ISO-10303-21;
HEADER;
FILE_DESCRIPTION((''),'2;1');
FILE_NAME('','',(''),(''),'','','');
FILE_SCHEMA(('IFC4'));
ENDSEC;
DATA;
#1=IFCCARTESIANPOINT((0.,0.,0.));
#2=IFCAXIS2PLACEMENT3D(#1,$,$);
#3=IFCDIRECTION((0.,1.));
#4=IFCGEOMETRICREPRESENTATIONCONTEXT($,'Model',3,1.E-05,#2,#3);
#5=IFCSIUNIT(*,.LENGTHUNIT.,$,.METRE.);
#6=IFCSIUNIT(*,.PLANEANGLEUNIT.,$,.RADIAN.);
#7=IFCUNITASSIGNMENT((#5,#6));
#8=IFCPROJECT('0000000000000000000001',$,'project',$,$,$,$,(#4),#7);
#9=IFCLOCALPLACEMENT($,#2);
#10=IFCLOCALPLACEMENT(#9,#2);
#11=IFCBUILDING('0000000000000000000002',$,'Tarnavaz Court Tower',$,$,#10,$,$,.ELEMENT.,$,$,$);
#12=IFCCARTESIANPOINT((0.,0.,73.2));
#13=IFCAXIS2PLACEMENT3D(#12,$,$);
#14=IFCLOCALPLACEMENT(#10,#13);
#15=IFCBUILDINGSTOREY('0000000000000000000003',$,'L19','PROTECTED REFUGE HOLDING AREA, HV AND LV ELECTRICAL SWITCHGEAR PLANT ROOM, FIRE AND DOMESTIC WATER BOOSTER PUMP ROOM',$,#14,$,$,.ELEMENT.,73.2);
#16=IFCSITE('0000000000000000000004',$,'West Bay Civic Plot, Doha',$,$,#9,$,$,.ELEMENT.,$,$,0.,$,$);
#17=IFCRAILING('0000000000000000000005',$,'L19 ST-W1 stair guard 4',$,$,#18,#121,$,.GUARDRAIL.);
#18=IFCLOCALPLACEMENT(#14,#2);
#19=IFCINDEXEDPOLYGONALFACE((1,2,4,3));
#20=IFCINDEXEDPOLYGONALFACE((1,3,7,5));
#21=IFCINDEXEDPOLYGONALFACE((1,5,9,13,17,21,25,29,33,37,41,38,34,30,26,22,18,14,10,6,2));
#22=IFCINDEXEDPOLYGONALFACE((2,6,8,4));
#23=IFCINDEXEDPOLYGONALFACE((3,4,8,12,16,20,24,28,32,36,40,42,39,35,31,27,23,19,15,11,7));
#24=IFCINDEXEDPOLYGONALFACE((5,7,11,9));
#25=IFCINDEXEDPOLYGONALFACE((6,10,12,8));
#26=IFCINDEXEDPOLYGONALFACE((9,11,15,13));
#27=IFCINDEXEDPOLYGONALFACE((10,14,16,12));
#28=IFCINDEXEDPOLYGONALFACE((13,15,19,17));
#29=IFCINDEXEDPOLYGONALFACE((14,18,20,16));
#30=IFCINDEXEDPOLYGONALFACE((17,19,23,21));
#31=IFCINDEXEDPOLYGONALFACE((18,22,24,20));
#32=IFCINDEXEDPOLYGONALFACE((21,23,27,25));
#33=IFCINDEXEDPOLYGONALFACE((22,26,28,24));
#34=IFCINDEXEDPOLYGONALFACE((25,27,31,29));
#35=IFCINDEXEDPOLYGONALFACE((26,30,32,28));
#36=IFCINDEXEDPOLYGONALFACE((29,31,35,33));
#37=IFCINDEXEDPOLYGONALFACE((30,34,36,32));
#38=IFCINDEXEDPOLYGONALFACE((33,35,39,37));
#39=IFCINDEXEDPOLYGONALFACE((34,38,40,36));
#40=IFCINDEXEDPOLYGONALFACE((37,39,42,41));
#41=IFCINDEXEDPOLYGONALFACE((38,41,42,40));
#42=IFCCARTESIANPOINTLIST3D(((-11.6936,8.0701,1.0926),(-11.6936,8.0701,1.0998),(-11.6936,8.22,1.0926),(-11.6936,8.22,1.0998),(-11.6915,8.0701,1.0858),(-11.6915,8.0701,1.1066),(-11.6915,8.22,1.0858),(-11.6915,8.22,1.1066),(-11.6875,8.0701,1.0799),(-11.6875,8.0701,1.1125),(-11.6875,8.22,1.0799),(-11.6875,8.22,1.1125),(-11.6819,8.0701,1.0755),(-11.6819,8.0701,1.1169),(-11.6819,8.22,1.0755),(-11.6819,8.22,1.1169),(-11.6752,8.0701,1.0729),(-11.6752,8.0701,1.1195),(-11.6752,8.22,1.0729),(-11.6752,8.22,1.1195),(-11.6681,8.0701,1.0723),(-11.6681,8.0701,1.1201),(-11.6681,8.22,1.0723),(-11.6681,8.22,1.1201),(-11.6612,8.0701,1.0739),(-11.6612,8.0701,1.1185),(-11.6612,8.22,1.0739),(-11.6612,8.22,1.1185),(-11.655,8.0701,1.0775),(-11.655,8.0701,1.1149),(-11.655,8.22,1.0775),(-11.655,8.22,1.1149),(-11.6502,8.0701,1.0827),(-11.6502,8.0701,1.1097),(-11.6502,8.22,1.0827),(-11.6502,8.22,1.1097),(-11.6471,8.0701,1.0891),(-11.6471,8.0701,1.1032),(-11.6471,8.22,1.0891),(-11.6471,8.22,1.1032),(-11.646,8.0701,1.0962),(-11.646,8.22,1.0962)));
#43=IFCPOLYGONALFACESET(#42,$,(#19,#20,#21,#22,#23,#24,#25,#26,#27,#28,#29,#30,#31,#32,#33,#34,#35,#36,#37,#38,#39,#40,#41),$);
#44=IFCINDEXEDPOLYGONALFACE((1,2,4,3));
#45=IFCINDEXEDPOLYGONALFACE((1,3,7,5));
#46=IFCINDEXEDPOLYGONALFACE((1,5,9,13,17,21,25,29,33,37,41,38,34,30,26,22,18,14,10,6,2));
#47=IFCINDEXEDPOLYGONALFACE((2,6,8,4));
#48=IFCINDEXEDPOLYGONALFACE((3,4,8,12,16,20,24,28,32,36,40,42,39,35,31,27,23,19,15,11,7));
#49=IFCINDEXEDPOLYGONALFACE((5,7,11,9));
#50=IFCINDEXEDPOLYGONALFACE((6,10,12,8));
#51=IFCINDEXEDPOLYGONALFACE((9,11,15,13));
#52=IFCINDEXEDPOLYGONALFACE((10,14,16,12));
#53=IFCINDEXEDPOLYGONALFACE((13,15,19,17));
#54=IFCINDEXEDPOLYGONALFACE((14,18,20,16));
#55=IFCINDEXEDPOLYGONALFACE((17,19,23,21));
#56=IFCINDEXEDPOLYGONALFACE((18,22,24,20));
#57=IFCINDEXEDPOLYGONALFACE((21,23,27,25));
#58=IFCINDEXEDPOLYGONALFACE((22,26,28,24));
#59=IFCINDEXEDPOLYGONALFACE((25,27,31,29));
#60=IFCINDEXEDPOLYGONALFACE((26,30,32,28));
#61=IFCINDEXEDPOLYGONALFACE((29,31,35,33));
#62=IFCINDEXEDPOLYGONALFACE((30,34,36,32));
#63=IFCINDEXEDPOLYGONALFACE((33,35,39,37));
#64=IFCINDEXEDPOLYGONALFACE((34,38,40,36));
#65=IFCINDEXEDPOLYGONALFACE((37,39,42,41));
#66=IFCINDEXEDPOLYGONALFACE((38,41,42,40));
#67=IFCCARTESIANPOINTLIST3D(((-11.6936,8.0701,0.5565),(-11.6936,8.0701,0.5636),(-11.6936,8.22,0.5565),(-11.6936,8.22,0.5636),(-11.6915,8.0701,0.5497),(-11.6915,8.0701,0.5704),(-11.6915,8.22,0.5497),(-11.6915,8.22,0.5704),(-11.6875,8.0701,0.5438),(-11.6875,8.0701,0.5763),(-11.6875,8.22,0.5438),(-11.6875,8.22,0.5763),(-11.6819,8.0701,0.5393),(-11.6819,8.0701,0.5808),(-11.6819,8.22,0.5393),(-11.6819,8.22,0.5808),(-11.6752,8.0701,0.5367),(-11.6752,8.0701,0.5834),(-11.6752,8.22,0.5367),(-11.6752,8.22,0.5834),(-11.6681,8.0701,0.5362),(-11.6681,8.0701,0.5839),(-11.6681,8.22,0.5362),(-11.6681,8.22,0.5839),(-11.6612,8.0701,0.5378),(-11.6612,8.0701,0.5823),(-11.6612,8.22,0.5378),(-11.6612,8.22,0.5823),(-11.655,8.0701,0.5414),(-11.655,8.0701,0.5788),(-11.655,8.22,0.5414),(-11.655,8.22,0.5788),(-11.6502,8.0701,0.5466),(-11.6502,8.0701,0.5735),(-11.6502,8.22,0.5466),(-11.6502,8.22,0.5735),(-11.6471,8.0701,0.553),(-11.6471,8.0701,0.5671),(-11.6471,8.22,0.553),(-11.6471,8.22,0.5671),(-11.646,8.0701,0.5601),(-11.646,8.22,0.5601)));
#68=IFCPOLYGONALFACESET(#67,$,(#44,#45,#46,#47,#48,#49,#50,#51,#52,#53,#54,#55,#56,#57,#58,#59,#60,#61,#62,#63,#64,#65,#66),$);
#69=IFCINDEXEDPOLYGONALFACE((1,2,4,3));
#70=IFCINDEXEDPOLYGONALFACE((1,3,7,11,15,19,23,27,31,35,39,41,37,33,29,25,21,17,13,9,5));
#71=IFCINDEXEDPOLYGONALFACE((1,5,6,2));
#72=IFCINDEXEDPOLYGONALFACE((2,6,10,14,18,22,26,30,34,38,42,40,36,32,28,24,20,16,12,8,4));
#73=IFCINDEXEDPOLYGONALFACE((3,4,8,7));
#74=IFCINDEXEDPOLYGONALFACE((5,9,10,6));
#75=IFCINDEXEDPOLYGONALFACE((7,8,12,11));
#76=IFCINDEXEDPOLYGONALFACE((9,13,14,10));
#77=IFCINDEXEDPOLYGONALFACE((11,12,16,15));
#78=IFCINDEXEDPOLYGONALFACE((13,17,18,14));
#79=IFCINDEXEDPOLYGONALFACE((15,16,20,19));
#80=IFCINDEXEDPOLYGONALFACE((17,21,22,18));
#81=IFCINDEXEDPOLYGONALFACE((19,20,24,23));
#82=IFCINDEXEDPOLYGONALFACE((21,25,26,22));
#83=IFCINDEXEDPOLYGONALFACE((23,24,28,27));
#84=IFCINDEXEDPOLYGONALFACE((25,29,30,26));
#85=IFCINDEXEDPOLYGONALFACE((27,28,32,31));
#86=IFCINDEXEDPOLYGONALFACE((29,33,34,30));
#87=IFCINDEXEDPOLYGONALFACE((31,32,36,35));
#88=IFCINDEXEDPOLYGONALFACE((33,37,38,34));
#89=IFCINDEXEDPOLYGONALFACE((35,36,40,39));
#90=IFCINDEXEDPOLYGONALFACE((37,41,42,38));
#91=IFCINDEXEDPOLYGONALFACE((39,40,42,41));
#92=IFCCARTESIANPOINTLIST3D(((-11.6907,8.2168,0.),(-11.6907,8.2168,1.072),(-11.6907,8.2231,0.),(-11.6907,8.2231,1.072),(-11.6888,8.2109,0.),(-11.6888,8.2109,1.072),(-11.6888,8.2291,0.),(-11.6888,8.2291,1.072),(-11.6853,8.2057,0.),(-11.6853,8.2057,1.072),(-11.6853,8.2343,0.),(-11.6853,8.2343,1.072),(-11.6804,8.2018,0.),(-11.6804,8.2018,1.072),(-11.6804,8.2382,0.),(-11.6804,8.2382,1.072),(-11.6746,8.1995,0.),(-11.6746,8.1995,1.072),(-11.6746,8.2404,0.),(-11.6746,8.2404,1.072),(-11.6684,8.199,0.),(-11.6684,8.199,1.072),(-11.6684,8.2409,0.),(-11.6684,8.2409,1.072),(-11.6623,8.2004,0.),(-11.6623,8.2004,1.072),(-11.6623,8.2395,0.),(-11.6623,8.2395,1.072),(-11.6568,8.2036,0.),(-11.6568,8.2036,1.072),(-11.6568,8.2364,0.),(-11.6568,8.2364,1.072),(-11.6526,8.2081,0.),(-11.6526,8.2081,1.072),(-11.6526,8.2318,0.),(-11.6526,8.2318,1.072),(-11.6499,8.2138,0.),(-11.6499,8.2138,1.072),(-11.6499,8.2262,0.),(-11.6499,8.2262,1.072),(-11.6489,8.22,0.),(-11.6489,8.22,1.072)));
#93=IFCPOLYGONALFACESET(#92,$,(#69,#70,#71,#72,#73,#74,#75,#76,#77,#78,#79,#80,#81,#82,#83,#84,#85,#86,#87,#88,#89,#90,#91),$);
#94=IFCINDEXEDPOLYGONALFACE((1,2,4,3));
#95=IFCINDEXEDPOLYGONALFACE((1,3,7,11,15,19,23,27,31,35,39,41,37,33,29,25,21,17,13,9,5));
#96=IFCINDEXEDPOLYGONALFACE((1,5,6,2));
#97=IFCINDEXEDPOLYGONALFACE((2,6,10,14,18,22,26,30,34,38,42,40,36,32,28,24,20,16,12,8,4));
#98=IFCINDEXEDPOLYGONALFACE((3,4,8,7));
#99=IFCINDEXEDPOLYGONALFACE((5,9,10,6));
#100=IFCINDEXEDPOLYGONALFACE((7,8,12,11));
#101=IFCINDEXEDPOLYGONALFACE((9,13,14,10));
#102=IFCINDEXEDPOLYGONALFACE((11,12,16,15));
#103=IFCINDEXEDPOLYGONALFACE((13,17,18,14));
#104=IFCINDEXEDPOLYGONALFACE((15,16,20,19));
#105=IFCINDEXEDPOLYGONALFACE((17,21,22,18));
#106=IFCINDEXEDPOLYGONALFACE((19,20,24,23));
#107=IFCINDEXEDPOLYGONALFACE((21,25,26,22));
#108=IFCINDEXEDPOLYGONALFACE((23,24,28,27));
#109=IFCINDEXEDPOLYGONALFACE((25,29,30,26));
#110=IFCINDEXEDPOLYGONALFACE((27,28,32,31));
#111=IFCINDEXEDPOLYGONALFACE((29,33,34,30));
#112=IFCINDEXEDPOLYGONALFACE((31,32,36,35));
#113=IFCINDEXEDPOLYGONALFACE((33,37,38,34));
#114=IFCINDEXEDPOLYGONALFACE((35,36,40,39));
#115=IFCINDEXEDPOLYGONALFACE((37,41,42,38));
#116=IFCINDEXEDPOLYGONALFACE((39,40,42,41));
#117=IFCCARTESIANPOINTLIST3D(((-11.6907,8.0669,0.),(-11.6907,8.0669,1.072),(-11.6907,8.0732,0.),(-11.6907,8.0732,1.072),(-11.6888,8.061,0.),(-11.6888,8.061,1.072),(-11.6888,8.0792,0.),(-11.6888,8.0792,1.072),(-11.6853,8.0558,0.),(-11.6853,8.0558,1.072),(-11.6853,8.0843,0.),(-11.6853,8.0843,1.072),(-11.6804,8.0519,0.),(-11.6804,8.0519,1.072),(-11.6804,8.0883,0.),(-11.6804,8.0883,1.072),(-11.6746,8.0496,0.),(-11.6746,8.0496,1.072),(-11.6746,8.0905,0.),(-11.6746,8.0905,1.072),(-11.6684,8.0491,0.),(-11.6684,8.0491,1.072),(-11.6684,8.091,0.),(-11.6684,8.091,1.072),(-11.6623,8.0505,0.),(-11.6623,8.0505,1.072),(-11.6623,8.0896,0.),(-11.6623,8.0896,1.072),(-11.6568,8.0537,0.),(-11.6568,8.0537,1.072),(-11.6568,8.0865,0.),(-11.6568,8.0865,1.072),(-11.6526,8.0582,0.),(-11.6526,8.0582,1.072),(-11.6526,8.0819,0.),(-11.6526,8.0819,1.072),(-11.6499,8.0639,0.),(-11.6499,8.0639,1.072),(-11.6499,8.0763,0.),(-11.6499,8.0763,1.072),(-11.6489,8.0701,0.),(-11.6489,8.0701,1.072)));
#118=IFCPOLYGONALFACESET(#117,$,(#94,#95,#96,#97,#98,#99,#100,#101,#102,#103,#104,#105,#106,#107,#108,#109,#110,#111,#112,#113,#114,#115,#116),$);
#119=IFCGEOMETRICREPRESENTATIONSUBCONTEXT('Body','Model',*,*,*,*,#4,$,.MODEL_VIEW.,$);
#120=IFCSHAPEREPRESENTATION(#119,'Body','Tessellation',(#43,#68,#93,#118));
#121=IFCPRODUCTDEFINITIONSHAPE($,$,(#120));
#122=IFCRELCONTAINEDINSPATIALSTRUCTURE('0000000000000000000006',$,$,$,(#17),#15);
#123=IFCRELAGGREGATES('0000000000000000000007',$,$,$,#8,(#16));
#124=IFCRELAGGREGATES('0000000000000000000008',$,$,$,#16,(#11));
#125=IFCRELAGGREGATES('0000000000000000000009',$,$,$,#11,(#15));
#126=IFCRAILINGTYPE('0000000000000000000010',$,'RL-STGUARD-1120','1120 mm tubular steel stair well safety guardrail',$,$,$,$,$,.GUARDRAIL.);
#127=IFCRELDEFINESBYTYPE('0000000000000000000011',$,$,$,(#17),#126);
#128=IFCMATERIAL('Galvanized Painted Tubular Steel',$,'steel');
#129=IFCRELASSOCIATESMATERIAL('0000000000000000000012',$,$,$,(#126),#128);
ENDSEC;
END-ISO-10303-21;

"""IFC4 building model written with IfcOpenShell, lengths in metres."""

from ifc_helpers import new_model, si_unit, direction, frame, origin, origin_2d, place, context, subcontext, project, spatial, circle, extrude, material, type_object, element, save


model = new_model("IFC4")

# Units and contexts
model_context = context("Model", 3, precision=1e-05, world=origin(), true_north=direction((0.0, 1.0)))
body_context = subcontext(model_context, "Body", "Model", "MODEL_VIEW")
ifc_project = project(units=[si_unit("LENGTHUNIT", "METRE"), si_unit("PLANEANGLEUNIT", "RADIAN")], contexts=[model_context])

# Site, building, storey
site_placement = place(None, origin())
site = spatial("IfcSite", under=ifc_project, at=site_placement, Name="West Bay Civic Plot, Doha", CompositionType="ELEMENT", RefElevation=0.0)
building_placement = place(site_placement, origin())
building = spatial("IfcBuilding", under=site, at=building_placement, Name="Tarnavaz Court Tower", CompositionType="ELEMENT")
storey_placement = place(building_placement, frame((0.0, 0.0, 73.2)))
storey = spatial("IfcBuildingStorey", under=building, at=storey_placement, Name="L19", Description="PROTECTED REFUGE HOLDING AREA, HV AND LV ELECTRICAL SWITCHGEAR PLANT ROOM, FIRE AND DOMESTIC WATER BOOSTER PUMP ROOM", CompositionType="ELEMENT", Elevation=73.2)

# Railing
ifc_material_1 = material(Name="Galvanized Painted Tubular Steel", Category="steel")
railing_type_1 = type_object("IfcRailingType", Name="RL-STGUARD-1120", Description="1120 mm tubular steel stair well safety guardrail", PredefinedType="GUARDRAIL", material=ifc_material_1)
railing_1_placement = place(storey_placement, frame((-11.6699, 8.22, 0.0)))
element("IfcRailing", 1, at=railing_1_placement, inside=storey, type_object=railing_type_1, Name="L19 ST-W1 stair guard 4", PredefinedType="GUARDRAIL", context=body_context, shape_type="SweptSolid", body=[
    extrude(circle(Radius=0.0239, at=origin_2d()), frame((0.0, 0.0, 1.0962), z_axis=(0.0, -1.0, 0.0), x_axis=(1.0, 0.0, 0.0)), (0.0, 0.0, 1.0), 0.1499),
    extrude(circle(Radius=0.0239, at=origin_2d()), frame((0.0, 0.0, 0.5601), z_axis=(0.0, -1.0, 0.0), x_axis=(1.0, 0.0, 0.0)), (0.0, 0.0, 1.0), 0.1499),
    extrude(circle(Radius=0.021, at=origin_2d()), origin(), (0.0, 0.0, 1.0), 1.072),
    extrude(circle(Radius=0.021, at=origin_2d()), frame((0.0, -0.1499, 0.0)), (0.0, 0.0, 1.0), 1.072),
])

save(model, "model.ifc")
